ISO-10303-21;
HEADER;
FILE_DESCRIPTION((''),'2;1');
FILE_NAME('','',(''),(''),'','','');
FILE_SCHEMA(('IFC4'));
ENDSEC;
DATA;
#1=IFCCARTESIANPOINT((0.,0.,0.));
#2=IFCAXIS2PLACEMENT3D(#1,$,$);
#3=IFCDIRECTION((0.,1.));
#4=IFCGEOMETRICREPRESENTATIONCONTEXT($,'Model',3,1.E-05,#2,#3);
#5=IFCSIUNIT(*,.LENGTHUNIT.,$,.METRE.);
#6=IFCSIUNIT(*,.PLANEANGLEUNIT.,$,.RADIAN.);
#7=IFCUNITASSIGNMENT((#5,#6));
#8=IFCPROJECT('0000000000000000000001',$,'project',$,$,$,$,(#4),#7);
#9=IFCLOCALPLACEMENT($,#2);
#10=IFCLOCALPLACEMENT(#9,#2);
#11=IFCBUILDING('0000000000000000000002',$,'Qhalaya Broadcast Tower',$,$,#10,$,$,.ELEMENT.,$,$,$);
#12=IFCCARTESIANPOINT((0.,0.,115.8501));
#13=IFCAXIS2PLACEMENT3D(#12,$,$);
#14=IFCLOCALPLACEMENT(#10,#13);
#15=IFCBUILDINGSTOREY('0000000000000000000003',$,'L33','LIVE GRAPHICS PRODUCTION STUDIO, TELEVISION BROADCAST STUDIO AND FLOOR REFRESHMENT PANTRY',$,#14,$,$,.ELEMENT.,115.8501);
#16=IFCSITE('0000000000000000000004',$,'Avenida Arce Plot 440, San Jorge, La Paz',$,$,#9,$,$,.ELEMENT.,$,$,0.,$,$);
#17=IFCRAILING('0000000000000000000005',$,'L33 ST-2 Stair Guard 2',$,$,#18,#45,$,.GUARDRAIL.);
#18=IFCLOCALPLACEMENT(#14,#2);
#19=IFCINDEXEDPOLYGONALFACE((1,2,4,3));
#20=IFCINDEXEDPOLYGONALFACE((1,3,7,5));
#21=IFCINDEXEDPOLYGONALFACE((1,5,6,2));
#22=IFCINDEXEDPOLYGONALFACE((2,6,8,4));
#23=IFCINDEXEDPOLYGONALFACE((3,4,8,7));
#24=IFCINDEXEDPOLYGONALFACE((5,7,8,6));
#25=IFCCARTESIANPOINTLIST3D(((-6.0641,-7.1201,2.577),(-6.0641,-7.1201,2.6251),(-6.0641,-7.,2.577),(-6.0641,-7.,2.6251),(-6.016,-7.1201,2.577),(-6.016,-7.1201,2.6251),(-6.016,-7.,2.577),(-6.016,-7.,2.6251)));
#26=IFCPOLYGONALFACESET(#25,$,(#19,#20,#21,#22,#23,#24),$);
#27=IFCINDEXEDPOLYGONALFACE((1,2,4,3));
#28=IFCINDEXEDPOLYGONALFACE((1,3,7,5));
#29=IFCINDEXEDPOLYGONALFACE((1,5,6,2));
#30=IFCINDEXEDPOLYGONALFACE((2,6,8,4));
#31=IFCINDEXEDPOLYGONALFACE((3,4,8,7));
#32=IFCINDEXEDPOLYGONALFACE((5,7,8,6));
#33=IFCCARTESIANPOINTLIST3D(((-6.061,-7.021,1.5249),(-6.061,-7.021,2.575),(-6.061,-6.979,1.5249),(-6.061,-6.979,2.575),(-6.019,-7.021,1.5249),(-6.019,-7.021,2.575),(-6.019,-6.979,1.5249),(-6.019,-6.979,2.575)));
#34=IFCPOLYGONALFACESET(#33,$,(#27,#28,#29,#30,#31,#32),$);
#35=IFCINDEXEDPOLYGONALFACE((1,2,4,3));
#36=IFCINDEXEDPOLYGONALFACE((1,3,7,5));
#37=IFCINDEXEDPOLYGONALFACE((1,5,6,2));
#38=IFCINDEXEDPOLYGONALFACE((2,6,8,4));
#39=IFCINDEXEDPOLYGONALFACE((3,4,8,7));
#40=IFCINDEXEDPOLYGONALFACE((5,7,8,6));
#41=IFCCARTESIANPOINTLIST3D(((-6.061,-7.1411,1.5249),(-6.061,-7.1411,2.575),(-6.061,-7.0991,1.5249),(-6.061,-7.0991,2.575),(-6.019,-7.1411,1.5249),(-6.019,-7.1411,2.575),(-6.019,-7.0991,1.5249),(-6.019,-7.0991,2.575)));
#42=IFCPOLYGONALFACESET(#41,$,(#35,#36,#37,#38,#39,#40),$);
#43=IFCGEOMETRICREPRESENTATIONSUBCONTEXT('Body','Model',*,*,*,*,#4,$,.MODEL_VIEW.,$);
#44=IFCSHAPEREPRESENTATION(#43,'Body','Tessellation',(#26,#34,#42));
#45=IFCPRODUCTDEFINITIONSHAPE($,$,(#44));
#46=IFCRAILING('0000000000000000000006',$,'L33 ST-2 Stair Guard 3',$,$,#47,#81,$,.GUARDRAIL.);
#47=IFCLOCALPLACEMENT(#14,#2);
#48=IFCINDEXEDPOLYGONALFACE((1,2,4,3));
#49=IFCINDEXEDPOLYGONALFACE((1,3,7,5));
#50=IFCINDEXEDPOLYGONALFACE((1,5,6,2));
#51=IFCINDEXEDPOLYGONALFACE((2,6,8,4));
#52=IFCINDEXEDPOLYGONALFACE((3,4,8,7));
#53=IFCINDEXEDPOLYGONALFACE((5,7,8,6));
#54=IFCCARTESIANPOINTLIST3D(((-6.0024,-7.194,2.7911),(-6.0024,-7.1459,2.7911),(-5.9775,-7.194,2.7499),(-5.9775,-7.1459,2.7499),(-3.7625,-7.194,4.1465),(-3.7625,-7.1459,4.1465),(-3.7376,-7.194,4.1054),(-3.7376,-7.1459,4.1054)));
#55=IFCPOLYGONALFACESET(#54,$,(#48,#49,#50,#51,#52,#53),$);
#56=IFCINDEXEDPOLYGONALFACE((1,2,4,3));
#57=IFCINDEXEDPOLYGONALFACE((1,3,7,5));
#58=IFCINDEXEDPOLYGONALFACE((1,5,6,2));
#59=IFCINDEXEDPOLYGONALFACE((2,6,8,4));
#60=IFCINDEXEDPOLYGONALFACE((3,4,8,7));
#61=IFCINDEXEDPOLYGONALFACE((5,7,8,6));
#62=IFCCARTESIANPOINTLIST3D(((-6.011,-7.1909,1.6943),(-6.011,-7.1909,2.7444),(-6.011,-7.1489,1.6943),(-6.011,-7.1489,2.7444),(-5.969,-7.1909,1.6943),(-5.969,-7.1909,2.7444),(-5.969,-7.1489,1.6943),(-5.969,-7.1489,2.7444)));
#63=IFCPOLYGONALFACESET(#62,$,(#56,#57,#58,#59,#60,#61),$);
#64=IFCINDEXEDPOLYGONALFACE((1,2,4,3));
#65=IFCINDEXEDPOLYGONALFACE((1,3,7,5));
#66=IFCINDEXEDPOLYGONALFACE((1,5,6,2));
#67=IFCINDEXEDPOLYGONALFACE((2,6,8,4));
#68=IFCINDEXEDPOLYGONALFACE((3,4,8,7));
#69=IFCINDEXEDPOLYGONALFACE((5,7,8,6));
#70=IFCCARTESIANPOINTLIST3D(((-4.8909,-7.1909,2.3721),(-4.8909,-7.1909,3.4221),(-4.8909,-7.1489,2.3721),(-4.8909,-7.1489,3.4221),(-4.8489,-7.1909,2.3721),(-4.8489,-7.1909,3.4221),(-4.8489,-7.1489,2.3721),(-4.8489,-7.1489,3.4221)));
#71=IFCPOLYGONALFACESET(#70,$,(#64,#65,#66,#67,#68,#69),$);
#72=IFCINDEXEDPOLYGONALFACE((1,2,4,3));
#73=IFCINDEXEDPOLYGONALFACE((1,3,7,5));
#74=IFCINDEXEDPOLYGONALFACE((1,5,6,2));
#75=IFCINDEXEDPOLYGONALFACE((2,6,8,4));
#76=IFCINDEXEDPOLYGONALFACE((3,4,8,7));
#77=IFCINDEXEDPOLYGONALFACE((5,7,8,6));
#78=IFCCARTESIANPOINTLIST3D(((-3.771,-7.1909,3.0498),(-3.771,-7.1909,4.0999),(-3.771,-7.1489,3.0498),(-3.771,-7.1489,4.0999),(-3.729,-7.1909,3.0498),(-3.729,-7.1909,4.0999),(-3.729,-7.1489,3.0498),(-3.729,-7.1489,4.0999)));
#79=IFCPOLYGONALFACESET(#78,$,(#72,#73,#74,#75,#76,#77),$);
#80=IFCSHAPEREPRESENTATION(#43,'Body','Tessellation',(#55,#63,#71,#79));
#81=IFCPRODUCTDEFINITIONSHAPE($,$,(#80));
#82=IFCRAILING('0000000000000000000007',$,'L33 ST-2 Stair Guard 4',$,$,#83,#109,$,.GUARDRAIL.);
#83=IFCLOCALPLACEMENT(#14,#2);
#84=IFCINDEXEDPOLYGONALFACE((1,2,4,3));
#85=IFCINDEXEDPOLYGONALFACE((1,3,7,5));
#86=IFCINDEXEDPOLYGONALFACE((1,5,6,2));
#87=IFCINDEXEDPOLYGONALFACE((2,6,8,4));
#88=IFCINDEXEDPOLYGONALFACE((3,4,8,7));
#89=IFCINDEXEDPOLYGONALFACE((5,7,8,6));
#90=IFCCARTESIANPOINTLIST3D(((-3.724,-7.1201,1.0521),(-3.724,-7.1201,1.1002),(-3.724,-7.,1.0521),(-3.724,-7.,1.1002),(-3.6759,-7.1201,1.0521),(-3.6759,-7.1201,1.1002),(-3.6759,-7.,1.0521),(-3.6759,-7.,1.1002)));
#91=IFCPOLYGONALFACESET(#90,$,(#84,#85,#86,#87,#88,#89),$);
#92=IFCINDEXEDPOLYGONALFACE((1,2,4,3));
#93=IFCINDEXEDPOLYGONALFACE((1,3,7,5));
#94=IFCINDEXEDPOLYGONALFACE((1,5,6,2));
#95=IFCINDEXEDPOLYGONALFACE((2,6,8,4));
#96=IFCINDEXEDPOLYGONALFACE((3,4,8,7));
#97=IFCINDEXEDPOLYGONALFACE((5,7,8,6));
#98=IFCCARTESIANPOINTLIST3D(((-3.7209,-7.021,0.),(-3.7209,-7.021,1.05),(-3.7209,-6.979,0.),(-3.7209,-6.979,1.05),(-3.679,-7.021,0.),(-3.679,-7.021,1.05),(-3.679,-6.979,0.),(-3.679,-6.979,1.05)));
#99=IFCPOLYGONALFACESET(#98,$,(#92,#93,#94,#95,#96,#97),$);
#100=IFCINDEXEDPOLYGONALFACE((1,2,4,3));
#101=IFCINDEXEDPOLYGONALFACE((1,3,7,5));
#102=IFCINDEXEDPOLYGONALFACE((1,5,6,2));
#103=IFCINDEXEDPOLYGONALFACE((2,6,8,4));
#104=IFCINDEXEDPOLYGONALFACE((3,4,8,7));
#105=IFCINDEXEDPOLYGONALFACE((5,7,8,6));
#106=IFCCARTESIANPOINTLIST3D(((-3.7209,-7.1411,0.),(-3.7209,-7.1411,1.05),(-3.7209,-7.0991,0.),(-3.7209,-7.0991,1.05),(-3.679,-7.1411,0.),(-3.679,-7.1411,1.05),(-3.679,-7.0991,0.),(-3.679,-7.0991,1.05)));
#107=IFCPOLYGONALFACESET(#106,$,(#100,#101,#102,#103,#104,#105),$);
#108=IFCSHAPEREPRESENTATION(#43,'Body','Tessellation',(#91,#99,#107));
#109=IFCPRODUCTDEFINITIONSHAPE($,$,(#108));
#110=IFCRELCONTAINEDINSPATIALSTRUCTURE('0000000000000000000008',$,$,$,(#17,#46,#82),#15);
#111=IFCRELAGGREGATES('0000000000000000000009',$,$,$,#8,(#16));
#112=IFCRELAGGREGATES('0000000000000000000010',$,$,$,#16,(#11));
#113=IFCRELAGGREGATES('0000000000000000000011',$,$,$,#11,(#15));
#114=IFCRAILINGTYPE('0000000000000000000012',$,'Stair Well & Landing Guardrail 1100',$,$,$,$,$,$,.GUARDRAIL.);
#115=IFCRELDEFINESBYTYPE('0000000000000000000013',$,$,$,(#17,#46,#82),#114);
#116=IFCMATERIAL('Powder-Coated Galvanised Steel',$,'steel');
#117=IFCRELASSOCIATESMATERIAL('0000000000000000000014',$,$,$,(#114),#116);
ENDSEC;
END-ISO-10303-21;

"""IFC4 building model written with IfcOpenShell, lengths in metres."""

from ifc_helpers import new_model, si_unit, direction, frame, origin, origin_2d, place, context, subcontext, project, spatial, rectangle, extrude, material, type_object, element, save


model = new_model("IFC4")

# Units and contexts
model_context = context("Model", 3, precision=1e-05, world=origin(), true_north=direction((0.0, 1.0)))
body_context = subcontext(model_context, "Body", "Model", "MODEL_VIEW")
ifc_project = project(units=[si_unit("LENGTHUNIT", "METRE"), si_unit("PLANEANGLEUNIT", "RADIAN")], contexts=[model_context])

# Site, building, storey
site_placement = place(None, origin())
site = spatial("IfcSite", under=ifc_project, at=site_placement, Name="Avenida Arce Plot 440, San Jorge, La Paz", CompositionType="ELEMENT", RefElevation=0.0)
building_placement = place(site_placement, origin())
building = spatial("IfcBuilding", under=site, at=building_placement, Name="Qhalaya Broadcast Tower", CompositionType="ELEMENT")
storey_placement = place(building_placement, frame((0.0, 0.0, 115.8501)))
storey = spatial("IfcBuildingStorey", under=building, at=storey_placement, Name="L33", Description="LIVE GRAPHICS PRODUCTION STUDIO, TELEVISION BROADCAST STUDIO AND FLOOR REFRESHMENT PANTRY", CompositionType="ELEMENT", Elevation=115.8501)

# Railings
ifc_material_1 = material(Name="Powder-Coated Galvanised Steel", Category="steel")
railing_type_1 = type_object("IfcRailingType", Name="Stair Well & Landing Guardrail 1100", PredefinedType="GUARDRAIL", material=ifc_material_1)
railing_1_placement = place(storey_placement, frame((-6.04, -7.0, 1.5249)))
element("IfcRailing", 1, at=railing_1_placement, inside=storey, type_object=railing_type_1, Name="L33 ST-2 Stair Guard 2", PredefinedType="GUARDRAIL", context=body_context, shape_type="SweptSolid", body=[
    extrude(rectangle(XDim=0.0481, YDim=0.0481, at=origin_2d()), frame((0.0, 0.0, 1.0762), z_axis=(0.0, -1.0, 0.0), x_axis=(1.0, 0.0, 0.0)), (0.0, 0.0, 1.0), 0.1201),
    extrude(rectangle(XDim=0.042, YDim=0.042, at=origin_2d()), origin(), (0.0, 0.0, 1.0), 1.05),
    extrude(rectangle(XDim=0.042, YDim=0.042, at=origin_2d()), frame((0.0, -0.1201, 0.0)), (0.0, 0.0, 1.0), 1.05),
])
railing_2_placement = place(storey_placement, frame((-5.99, -7.1699, 1.6943)))
element("IfcRailing", 2, at=railing_2_placement, inside=storey, type_object=railing_type_1, Name="L33 ST-2 Stair Guard 3", PredefinedType="GUARDRAIL", context=body_context, shape_type="SweptSolid", body=[
    extrude(rectangle(XDim=0.0481, YDim=0.0481, at=origin_2d()), frame((0.0, 0.0, 1.0762), z_axis=(0.855553, 0.0, 0.517715), x_axis=(0.0, 1.0, 0.0)), (0.0, 0.0, 1.0), 2.6182),
    extrude(rectangle(XDim=0.042, YDim=0.042, at=origin_2d()), origin(), (0.0, 0.0, 1.0), 1.05),
    extrude(rectangle(XDim=0.042, YDim=0.042, at=origin_2d()), frame((1.1201, 0.0, 0.6777)), (0.0, 0.0, 1.0), 1.05),
    extrude(rectangle(XDim=0.042, YDim=0.042, at=origin_2d()), frame((2.24, 0.0, 1.3555)), (0.0, 0.0, 1.0), 1.05),
])
railing_3_placement = place(storey_placement, frame((-3.7, -7.0, 0.0)))
element("IfcRailing", 3, at=railing_3_placement, inside=storey, type_object=railing_type_1, Name="L33 ST-2 Stair Guard 4", PredefinedType="GUARDRAIL", context=body_context, shape_type="SweptSolid", body=[
    extrude(rectangle(XDim=0.0481, YDim=0.0481, at=origin_2d()), frame((0.0, 0.0, 1.0762), z_axis=(0.0, -1.0, 0.0), x_axis=(1.0, 0.0, 0.0)), (0.0, 0.0, 1.0), 0.1201),
    extrude(rectangle(XDim=0.042, YDim=0.042, at=origin_2d()), origin(), (0.0, 0.0, 1.0), 1.05),
    extrude(rectangle(XDim=0.042, YDim=0.042, at=origin_2d()), frame((0.0, -0.1201, 0.0)), (0.0, 0.0, 1.0), 1.05),
])

save(model, "model.ifc")
